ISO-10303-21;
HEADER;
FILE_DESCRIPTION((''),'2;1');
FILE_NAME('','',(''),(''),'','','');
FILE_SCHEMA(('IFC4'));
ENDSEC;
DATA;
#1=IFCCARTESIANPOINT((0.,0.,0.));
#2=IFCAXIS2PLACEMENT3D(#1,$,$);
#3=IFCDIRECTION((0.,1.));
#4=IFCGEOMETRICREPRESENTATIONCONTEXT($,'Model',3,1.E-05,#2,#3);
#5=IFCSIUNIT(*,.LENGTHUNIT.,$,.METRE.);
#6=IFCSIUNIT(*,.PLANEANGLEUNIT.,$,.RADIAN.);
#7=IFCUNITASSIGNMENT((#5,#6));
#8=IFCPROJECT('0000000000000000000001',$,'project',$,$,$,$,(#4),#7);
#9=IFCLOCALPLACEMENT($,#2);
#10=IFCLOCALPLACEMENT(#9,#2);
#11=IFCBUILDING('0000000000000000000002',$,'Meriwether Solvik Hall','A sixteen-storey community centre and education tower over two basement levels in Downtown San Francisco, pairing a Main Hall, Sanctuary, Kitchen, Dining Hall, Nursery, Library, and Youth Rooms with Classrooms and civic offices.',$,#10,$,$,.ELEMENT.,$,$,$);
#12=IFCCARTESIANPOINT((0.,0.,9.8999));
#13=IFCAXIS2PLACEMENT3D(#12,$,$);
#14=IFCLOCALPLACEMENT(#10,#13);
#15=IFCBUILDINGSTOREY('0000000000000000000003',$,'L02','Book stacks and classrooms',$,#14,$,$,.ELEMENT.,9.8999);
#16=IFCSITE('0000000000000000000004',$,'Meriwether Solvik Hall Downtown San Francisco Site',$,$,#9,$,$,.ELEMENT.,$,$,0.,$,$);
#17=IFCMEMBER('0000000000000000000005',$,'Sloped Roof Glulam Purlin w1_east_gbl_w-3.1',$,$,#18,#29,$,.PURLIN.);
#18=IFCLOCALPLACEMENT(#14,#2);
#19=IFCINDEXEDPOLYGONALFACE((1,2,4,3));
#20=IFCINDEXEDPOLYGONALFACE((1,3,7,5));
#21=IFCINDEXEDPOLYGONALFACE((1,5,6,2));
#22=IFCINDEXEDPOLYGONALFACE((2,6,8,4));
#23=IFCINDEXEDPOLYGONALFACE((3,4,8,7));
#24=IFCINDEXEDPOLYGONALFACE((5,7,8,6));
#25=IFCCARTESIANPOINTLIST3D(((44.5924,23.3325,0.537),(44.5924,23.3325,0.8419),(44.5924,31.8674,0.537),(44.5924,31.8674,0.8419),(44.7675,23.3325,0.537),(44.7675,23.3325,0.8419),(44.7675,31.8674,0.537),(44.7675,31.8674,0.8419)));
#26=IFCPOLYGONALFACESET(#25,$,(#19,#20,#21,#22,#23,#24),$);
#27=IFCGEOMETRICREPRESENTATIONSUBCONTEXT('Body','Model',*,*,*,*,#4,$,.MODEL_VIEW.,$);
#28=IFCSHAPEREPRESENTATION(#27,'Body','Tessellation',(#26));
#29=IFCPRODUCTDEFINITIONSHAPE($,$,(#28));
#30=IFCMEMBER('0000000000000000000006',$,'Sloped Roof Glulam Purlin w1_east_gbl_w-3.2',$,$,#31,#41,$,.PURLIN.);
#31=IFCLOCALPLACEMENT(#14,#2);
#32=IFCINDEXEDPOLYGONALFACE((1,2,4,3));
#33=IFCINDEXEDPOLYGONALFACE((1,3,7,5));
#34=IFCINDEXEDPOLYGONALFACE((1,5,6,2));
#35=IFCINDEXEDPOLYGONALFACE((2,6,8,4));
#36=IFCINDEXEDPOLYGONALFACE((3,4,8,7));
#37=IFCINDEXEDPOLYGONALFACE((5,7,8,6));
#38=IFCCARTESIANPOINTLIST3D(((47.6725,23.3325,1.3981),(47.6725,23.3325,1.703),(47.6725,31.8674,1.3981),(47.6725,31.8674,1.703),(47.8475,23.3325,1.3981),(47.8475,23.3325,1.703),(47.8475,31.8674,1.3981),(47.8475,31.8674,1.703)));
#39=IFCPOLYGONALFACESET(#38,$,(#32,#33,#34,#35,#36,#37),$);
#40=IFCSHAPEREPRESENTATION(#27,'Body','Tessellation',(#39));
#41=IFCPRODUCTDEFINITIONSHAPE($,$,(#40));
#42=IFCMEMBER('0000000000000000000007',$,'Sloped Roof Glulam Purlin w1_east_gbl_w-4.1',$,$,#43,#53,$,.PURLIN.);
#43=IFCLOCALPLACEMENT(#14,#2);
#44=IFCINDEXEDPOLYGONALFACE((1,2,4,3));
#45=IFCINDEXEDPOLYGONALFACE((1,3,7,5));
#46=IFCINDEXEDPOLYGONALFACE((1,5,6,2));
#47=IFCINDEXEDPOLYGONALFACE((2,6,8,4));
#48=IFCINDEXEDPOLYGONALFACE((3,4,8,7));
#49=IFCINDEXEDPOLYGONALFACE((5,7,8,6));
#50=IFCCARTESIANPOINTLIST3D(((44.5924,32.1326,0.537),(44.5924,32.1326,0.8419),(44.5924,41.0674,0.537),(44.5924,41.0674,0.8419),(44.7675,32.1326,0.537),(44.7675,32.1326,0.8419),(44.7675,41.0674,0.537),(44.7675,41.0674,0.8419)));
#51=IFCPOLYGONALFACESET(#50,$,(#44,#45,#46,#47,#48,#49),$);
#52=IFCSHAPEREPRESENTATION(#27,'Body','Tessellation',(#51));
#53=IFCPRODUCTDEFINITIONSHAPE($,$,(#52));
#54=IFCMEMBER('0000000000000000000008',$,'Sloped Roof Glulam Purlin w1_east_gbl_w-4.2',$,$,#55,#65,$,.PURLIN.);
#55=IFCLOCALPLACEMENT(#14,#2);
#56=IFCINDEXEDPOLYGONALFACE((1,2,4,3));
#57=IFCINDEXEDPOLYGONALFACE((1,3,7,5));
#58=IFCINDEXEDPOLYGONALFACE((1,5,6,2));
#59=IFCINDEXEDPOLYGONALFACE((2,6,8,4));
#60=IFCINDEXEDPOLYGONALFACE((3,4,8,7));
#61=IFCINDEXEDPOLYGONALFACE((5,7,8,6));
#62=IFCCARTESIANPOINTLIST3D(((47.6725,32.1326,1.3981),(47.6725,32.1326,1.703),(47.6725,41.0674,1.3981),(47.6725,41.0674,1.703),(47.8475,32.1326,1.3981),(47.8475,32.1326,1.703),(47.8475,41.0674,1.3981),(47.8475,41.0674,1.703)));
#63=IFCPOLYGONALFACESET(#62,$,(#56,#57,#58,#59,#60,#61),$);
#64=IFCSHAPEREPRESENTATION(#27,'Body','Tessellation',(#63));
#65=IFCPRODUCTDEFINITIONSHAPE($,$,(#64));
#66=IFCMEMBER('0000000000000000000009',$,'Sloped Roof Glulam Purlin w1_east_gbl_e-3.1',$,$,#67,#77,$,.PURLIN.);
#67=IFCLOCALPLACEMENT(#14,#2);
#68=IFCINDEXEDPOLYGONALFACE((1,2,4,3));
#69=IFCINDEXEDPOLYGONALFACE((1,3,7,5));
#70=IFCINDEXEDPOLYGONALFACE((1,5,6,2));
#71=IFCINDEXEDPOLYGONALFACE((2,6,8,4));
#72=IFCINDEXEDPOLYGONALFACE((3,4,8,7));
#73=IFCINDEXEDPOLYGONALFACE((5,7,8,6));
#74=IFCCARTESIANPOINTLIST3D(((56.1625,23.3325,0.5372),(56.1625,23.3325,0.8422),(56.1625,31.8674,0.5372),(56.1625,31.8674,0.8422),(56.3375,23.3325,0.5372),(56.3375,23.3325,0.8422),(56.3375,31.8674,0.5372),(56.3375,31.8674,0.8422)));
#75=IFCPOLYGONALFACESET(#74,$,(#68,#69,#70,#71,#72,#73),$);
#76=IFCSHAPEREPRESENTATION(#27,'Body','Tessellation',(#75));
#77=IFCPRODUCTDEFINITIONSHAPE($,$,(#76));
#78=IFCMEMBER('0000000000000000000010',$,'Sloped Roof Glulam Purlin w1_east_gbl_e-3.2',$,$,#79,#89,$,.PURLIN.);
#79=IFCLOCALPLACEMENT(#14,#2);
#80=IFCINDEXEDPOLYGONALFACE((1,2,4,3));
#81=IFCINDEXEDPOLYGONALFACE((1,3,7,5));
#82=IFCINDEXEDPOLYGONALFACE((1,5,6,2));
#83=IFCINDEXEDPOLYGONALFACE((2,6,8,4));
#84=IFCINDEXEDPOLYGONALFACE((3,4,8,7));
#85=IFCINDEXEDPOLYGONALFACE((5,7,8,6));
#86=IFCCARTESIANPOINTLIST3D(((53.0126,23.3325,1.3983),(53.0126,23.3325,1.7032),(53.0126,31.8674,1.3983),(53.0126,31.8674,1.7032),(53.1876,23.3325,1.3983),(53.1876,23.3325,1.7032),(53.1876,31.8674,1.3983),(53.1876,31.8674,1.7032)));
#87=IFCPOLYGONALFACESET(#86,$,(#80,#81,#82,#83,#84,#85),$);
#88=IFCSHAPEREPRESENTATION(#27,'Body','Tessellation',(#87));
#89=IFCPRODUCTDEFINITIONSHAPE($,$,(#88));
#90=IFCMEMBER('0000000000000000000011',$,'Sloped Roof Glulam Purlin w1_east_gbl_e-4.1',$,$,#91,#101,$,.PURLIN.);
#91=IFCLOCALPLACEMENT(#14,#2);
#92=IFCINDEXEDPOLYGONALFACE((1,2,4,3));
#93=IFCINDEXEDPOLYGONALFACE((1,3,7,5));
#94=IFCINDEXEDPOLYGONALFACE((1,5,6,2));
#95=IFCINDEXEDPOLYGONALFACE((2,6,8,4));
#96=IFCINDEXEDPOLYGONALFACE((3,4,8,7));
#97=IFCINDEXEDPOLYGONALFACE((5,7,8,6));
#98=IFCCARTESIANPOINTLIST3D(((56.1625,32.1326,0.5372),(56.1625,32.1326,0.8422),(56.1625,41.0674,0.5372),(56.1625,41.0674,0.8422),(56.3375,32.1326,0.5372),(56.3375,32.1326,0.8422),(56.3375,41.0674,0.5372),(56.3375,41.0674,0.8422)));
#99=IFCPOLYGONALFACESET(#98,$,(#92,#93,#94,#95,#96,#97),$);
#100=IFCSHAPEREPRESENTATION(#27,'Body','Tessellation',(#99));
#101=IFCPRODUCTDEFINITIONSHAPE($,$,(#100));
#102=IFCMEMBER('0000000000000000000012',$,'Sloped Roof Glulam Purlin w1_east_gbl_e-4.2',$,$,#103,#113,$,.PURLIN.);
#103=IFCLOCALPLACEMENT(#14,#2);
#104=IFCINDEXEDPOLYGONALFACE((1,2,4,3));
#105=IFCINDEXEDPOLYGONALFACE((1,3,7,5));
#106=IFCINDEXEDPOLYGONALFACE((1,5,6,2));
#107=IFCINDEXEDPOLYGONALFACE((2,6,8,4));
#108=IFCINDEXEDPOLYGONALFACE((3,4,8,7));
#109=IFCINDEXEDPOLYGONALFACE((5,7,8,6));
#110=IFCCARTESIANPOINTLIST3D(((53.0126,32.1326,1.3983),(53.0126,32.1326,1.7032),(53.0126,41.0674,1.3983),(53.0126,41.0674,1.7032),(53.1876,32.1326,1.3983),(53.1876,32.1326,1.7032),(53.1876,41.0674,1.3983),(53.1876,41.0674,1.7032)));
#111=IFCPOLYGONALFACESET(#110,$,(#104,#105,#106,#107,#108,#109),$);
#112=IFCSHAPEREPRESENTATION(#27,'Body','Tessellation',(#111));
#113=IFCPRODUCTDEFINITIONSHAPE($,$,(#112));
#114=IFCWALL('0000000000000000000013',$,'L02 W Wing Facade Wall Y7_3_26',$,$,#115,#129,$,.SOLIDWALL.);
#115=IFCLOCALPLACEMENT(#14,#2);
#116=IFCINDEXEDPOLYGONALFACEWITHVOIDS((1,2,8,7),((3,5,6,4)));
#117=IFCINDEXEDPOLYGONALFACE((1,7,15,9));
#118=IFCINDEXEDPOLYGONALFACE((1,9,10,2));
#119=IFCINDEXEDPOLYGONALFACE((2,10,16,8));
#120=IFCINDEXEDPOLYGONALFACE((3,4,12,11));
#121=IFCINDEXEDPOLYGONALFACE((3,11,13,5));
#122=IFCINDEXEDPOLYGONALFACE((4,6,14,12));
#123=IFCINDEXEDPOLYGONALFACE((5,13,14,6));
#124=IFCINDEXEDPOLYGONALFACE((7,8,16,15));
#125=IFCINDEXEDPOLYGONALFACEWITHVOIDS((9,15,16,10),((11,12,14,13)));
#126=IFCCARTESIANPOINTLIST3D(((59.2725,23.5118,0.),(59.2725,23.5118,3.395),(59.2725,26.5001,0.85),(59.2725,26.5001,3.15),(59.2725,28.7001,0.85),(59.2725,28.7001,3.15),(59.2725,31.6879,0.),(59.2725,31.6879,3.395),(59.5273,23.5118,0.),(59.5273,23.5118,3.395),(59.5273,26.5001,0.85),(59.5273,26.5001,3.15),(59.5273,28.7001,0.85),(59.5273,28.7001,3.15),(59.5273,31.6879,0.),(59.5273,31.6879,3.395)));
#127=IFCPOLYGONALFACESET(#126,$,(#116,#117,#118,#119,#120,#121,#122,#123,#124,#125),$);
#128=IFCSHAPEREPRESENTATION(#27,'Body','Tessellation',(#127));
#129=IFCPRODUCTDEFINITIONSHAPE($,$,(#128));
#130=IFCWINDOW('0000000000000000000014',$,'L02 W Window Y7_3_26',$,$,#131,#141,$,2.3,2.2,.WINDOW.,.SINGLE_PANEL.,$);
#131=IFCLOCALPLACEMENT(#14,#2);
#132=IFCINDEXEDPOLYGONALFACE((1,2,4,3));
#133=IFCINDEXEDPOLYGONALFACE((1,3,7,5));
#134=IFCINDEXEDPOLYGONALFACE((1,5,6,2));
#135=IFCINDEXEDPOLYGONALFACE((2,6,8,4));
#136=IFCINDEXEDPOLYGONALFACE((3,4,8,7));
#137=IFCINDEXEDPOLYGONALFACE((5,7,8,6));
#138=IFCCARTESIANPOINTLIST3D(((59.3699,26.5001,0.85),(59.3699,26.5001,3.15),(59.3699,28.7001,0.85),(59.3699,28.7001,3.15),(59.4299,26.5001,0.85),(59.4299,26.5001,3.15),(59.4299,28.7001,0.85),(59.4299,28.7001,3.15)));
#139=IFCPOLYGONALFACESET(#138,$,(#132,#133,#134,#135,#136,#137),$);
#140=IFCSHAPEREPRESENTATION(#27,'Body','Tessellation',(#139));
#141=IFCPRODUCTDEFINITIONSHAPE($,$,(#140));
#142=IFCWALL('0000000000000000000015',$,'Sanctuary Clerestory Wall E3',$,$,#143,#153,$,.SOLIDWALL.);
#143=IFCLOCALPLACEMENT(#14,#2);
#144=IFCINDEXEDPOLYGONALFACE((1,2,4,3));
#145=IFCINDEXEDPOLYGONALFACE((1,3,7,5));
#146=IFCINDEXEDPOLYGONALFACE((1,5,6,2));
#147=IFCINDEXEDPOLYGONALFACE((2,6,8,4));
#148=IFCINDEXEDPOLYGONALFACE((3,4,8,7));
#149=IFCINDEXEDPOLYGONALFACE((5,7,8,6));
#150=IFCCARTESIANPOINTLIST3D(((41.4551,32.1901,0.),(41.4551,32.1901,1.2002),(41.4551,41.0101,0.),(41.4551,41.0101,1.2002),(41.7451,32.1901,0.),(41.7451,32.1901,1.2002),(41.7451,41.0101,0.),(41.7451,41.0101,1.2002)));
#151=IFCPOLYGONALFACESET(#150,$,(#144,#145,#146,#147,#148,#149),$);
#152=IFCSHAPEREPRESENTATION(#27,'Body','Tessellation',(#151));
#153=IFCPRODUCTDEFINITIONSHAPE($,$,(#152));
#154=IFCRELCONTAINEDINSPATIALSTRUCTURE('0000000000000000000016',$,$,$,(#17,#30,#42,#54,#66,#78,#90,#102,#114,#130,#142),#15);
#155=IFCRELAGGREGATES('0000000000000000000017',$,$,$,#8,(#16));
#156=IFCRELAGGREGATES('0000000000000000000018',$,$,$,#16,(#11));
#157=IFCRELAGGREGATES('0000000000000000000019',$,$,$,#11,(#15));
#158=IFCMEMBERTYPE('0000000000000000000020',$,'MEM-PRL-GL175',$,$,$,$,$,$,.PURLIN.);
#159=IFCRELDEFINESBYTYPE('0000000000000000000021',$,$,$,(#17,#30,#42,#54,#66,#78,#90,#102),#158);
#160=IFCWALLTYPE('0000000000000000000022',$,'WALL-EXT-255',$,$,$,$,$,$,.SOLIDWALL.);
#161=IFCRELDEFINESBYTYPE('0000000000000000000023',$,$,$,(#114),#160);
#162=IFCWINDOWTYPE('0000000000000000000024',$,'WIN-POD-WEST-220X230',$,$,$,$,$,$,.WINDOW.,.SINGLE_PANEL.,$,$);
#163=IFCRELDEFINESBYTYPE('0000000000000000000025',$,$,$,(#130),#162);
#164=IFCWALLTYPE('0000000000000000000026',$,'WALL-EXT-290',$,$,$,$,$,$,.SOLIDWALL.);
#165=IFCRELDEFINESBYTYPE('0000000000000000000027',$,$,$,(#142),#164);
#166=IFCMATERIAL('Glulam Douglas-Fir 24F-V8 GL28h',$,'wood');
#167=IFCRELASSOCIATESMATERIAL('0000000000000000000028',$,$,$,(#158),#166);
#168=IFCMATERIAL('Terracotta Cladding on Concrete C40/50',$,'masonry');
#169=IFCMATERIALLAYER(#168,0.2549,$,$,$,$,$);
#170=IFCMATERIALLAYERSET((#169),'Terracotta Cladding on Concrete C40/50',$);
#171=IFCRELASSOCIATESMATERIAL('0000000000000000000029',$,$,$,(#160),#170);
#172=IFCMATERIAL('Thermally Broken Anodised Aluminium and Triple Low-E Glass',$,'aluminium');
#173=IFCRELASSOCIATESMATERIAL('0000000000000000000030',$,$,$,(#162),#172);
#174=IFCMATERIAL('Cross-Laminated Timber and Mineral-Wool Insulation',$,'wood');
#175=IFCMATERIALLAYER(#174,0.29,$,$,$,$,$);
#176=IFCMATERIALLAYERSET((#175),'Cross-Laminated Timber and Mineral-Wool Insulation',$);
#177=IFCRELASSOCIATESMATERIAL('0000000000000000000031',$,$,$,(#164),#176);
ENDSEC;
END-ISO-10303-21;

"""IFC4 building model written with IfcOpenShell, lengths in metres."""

from ifc_helpers import new_model, si_unit, direction, frame, frame_2d, origin, origin_2d, place, context, subcontext, project, spatial, rectangle, extrude, material, layer, layer_set, material_profile, profile_set, type_object, element, fill, save


model = new_model("IFC4")

# Units and contexts
model_context = context("Model", 3, precision=1e-05, world=origin(), true_north=direction((0.0, 1.0)))
body_context = subcontext(model_context, "Body", "Model", "MODEL_VIEW")
ifc_project = project(units=[si_unit("LENGTHUNIT", "METRE"), si_unit("PLANEANGLEUNIT", "RADIAN")], contexts=[model_context])

# Site, building, storey
site_placement = place(None, origin())
site = spatial("IfcSite", under=ifc_project, at=site_placement, Name="Meriwether Solvik Hall Downtown San Francisco Site", CompositionType="ELEMENT", RefElevation=0.0)
building_placement = place(site_placement, origin())
building = spatial("IfcBuilding", under=site, at=building_placement, Name="Meriwether Solvik Hall", Description="A sixteen-storey community centre and education tower over two basement levels in Downtown San Francisco, pairing a Main Hall, Sanctuary, Kitchen, Dining Hall, Nursery, Library, and Youth Rooms with Classrooms and civic offices.", CompositionType="ELEMENT")
storey_placement = place(building_placement, frame((0.0, 0.0, 9.8999)))
storey = spatial("IfcBuildingStorey", under=building, at=storey_placement, Name="L02", Description="Book stacks and classrooms", CompositionType="ELEMENT", Elevation=9.8999)

# Members
ifc_material_1 = material(Name="Glulam Douglas-Fir 24F-V8 GL28h", Category="wood")
ifc_material_profile_1 = material_profile(ifc_material_1, rectangle(XDim=0.175, YDim=0.3049, at=origin_2d()), Name="GLM-175X305")
ifc_profile_set_1 = profile_set([ifc_material_profile_1], Name="Glulam Douglas-Fir 24F-V8 GL28h")
member_type = type_object("IfcMemberType", Name="MEM-PRL-GL175", PredefinedType="PURLIN", material=ifc_profile_set_1)
for number, where, z_axis, x_axis, name in (
    (1, (44.6799, 23.3325, 0.6895), (0.0, 1.0, 0.0), (-1.0, 0.0, 0.0), "Sloped Roof Glulam Purlin w1_east_gbl_w-3.1"),
    (2, (47.76, 23.3325, 1.5505), (0.0, 1.0, 0.0), (-1.0, 0.0, 0.0), "Sloped Roof Glulam Purlin w1_east_gbl_w-3.2"),
):
    element("IfcMember", number, at=place(storey_placement, frame(where, z_axis=z_axis, x_axis=x_axis)), inside=storey, type_object=member_type, Name=name, PredefinedType="PURLIN", context=body_context, shape_type="SweptSolid", body=[
        extrude(rectangle(XDim=0.175, YDim=0.3049, at=origin_2d()), origin(), (0.0, 0.0, 1.0), 8.5349),
    ])
for number, where, z_axis, x_axis, name in (
    (3, (44.6799, 32.1326, 0.6895), (0.0, 1.0, 0.0), (-1.0, 0.0, 0.0), "Sloped Roof Glulam Purlin w1_east_gbl_w-4.1"),
    (4, (47.76, 32.1326, 1.5505), (0.0, 1.0, 0.0), (-1.0, 0.0, 0.0), "Sloped Roof Glulam Purlin w1_east_gbl_w-4.2"),
):
    element("IfcMember", number, at=place(storey_placement, frame(where, z_axis=z_axis, x_axis=x_axis)), inside=storey, type_object=member_type, Name=name, PredefinedType="PURLIN", context=body_context, shape_type="SweptSolid", body=[
        extrude(rectangle(XDim=0.175, YDim=0.3049, at=origin_2d()), origin(), (0.0, 0.0, 1.0), 8.9348),
    ])
for number, where, z_axis, x_axis, name in (
    (5, (56.25, 23.3325, 0.6897), (0.0, 1.0, 0.0), (-1.0, 0.0, 0.0), "Sloped Roof Glulam Purlin w1_east_gbl_e-3.1"),
    (6, (53.1001, 23.3325, 1.5508), (0.0, 1.0, 0.0), (-1.0, 0.0, 0.0), "Sloped Roof Glulam Purlin w1_east_gbl_e-3.2"),
):
    element("IfcMember", number, at=place(storey_placement, frame(where, z_axis=z_axis, x_axis=x_axis)), inside=storey, type_object=member_type, Name=name, PredefinedType="PURLIN", context=body_context, shape_type="SweptSolid", body=[
        extrude(rectangle(XDim=0.175, YDim=0.3049, at=origin_2d()), origin(), (0.0, 0.0, 1.0), 8.5349),
    ])
for number, where, z_axis, x_axis, name in (
    (7, (56.25, 32.1326, 0.6897), (0.0, 1.0, 0.0), (-1.0, 0.0, 0.0), "Sloped Roof Glulam Purlin w1_east_gbl_e-4.1"),
    (8, (53.1001, 32.1326, 1.5508), (0.0, 1.0, 0.0), (-1.0, 0.0, 0.0), "Sloped Roof Glulam Purlin w1_east_gbl_e-4.2"),
):
    element("IfcMember", number, at=place(storey_placement, frame(where, z_axis=z_axis, x_axis=x_axis)), inside=storey, type_object=member_type, Name=name, PredefinedType="PURLIN", context=body_context, shape_type="SweptSolid", body=[
        extrude(rectangle(XDim=0.175, YDim=0.3049, at=origin_2d()), origin(), (0.0, 0.0, 1.0), 8.9348),
    ])

# Wall, opening, window
ifc_material_2 = material(Name="Terracotta Cladding on Concrete C40/50", Category="masonry")
ifc_layer_1 = layer(ifc_material_2, 0.2549)
ifc_layer_set_1 = layer_set([ifc_layer_1], Name="Terracotta Cladding on Concrete C40/50")
wall_type_1 = type_object("IfcWallType", Name="WALL-EXT-255", PredefinedType="SOLIDWALL", material=ifc_layer_set_1)
wall_1_placement = place(storey_placement, frame((59.3999, 23.512, 0.0), z_axis=(0.0, 0.0, 1.0), x_axis=(0.0, 1.0, 0.0)))
wall_1 = element("IfcWall", 9, at=wall_1_placement, inside=storey, type_object=wall_type_1, Name="L02 W Wing Facade Wall Y7_3_26", PredefinedType="SOLIDWALL", context=body_context, shape_type="SweptSolid", body=[
    extrude(rectangle(XDim=8.176, YDim=0.2549, at=frame_2d((4.0879, 0.0))), origin(), (0.0, 0.0, 1.0), 3.395),
])
opening_placement = place(wall_1_placement, frame((2.988, 0.0, 0.8501)))
opening = element("IfcOpeningElement", 10, at=opening_placement, cuts=wall_1, PredefinedType="OPENING", context=body_context, shape_type="SweptSolid", body=[
    extrude(rectangle(XDim=2.2, YDim=2.3, at=frame_2d((1.1001, 1.1499))), frame((0.0, 0.1394, 0.0), z_axis=(0.0, -1.0, 0.0), x_axis=(1.0, 0.0, 0.0)), (0.0, 0.0, 1.0), 0.2788),
])
ifc_material_3 = material(Name="Thermally Broken Anodised Aluminium and Triple Low-E Glass", Category="aluminium")
window_type = type_object("IfcWindowType", Name="WIN-POD-WEST-220X230", PartitioningType="SINGLE_PANEL", PredefinedType="WINDOW", material=ifc_material_3)
window_placement = place(opening_placement, origin())
window = element("IfcWindow", 11, at=window_placement, inside=storey, type_object=window_type, Name="L02 W Window Y7_3_26", OverallHeight=2.3, OverallWidth=2.2, PartitioningType="SINGLE_PANEL", PredefinedType="WINDOW", context=body_context, shape_type="SweptSolid", body=[
    extrude(rectangle(XDim=2.2, YDim=2.3, at=frame_2d((1.1001, 1.1499))), frame((0.0, 0.03, 0.0), z_axis=(0.0, -1.0, 0.0), x_axis=(1.0, 0.0, 0.0)), (0.0, 0.0, 1.0), 0.0601),
])
fill(opening, window)

# Wall
ifc_material_4 = material(Name="Cross-Laminated Timber and Mineral-Wool Insulation", Category="wood")
ifc_layer_2 = layer(ifc_material_4, 0.29)
ifc_layer_set_2 = layer_set([ifc_layer_2], Name="Cross-Laminated Timber and Mineral-Wool Insulation")
wall_type_2 = type_object("IfcWallType", Name="WALL-EXT-290", PredefinedType="SOLIDWALL", material=ifc_layer_set_2)
wall_2_placement = place(storey_placement, frame((41.6001, 32.1899, 0.0), z_axis=(0.0, 0.0, 1.0), x_axis=(0.0, 1.0, 0.0)))
element("IfcWall", 12, at=wall_2_placement, inside=storey, type_object=wall_type_2, Name="Sanctuary Clerestory Wall E3", PredefinedType="SOLIDWALL", context=body_context, shape_type="SweptSolid", body=[
    extrude(rectangle(XDim=8.8201, YDim=0.29, at=frame_2d((4.4102, 0.0))), origin(), (0.0, 0.0, 1.0), 1.2002),
])

save(model, "model.ifc")
